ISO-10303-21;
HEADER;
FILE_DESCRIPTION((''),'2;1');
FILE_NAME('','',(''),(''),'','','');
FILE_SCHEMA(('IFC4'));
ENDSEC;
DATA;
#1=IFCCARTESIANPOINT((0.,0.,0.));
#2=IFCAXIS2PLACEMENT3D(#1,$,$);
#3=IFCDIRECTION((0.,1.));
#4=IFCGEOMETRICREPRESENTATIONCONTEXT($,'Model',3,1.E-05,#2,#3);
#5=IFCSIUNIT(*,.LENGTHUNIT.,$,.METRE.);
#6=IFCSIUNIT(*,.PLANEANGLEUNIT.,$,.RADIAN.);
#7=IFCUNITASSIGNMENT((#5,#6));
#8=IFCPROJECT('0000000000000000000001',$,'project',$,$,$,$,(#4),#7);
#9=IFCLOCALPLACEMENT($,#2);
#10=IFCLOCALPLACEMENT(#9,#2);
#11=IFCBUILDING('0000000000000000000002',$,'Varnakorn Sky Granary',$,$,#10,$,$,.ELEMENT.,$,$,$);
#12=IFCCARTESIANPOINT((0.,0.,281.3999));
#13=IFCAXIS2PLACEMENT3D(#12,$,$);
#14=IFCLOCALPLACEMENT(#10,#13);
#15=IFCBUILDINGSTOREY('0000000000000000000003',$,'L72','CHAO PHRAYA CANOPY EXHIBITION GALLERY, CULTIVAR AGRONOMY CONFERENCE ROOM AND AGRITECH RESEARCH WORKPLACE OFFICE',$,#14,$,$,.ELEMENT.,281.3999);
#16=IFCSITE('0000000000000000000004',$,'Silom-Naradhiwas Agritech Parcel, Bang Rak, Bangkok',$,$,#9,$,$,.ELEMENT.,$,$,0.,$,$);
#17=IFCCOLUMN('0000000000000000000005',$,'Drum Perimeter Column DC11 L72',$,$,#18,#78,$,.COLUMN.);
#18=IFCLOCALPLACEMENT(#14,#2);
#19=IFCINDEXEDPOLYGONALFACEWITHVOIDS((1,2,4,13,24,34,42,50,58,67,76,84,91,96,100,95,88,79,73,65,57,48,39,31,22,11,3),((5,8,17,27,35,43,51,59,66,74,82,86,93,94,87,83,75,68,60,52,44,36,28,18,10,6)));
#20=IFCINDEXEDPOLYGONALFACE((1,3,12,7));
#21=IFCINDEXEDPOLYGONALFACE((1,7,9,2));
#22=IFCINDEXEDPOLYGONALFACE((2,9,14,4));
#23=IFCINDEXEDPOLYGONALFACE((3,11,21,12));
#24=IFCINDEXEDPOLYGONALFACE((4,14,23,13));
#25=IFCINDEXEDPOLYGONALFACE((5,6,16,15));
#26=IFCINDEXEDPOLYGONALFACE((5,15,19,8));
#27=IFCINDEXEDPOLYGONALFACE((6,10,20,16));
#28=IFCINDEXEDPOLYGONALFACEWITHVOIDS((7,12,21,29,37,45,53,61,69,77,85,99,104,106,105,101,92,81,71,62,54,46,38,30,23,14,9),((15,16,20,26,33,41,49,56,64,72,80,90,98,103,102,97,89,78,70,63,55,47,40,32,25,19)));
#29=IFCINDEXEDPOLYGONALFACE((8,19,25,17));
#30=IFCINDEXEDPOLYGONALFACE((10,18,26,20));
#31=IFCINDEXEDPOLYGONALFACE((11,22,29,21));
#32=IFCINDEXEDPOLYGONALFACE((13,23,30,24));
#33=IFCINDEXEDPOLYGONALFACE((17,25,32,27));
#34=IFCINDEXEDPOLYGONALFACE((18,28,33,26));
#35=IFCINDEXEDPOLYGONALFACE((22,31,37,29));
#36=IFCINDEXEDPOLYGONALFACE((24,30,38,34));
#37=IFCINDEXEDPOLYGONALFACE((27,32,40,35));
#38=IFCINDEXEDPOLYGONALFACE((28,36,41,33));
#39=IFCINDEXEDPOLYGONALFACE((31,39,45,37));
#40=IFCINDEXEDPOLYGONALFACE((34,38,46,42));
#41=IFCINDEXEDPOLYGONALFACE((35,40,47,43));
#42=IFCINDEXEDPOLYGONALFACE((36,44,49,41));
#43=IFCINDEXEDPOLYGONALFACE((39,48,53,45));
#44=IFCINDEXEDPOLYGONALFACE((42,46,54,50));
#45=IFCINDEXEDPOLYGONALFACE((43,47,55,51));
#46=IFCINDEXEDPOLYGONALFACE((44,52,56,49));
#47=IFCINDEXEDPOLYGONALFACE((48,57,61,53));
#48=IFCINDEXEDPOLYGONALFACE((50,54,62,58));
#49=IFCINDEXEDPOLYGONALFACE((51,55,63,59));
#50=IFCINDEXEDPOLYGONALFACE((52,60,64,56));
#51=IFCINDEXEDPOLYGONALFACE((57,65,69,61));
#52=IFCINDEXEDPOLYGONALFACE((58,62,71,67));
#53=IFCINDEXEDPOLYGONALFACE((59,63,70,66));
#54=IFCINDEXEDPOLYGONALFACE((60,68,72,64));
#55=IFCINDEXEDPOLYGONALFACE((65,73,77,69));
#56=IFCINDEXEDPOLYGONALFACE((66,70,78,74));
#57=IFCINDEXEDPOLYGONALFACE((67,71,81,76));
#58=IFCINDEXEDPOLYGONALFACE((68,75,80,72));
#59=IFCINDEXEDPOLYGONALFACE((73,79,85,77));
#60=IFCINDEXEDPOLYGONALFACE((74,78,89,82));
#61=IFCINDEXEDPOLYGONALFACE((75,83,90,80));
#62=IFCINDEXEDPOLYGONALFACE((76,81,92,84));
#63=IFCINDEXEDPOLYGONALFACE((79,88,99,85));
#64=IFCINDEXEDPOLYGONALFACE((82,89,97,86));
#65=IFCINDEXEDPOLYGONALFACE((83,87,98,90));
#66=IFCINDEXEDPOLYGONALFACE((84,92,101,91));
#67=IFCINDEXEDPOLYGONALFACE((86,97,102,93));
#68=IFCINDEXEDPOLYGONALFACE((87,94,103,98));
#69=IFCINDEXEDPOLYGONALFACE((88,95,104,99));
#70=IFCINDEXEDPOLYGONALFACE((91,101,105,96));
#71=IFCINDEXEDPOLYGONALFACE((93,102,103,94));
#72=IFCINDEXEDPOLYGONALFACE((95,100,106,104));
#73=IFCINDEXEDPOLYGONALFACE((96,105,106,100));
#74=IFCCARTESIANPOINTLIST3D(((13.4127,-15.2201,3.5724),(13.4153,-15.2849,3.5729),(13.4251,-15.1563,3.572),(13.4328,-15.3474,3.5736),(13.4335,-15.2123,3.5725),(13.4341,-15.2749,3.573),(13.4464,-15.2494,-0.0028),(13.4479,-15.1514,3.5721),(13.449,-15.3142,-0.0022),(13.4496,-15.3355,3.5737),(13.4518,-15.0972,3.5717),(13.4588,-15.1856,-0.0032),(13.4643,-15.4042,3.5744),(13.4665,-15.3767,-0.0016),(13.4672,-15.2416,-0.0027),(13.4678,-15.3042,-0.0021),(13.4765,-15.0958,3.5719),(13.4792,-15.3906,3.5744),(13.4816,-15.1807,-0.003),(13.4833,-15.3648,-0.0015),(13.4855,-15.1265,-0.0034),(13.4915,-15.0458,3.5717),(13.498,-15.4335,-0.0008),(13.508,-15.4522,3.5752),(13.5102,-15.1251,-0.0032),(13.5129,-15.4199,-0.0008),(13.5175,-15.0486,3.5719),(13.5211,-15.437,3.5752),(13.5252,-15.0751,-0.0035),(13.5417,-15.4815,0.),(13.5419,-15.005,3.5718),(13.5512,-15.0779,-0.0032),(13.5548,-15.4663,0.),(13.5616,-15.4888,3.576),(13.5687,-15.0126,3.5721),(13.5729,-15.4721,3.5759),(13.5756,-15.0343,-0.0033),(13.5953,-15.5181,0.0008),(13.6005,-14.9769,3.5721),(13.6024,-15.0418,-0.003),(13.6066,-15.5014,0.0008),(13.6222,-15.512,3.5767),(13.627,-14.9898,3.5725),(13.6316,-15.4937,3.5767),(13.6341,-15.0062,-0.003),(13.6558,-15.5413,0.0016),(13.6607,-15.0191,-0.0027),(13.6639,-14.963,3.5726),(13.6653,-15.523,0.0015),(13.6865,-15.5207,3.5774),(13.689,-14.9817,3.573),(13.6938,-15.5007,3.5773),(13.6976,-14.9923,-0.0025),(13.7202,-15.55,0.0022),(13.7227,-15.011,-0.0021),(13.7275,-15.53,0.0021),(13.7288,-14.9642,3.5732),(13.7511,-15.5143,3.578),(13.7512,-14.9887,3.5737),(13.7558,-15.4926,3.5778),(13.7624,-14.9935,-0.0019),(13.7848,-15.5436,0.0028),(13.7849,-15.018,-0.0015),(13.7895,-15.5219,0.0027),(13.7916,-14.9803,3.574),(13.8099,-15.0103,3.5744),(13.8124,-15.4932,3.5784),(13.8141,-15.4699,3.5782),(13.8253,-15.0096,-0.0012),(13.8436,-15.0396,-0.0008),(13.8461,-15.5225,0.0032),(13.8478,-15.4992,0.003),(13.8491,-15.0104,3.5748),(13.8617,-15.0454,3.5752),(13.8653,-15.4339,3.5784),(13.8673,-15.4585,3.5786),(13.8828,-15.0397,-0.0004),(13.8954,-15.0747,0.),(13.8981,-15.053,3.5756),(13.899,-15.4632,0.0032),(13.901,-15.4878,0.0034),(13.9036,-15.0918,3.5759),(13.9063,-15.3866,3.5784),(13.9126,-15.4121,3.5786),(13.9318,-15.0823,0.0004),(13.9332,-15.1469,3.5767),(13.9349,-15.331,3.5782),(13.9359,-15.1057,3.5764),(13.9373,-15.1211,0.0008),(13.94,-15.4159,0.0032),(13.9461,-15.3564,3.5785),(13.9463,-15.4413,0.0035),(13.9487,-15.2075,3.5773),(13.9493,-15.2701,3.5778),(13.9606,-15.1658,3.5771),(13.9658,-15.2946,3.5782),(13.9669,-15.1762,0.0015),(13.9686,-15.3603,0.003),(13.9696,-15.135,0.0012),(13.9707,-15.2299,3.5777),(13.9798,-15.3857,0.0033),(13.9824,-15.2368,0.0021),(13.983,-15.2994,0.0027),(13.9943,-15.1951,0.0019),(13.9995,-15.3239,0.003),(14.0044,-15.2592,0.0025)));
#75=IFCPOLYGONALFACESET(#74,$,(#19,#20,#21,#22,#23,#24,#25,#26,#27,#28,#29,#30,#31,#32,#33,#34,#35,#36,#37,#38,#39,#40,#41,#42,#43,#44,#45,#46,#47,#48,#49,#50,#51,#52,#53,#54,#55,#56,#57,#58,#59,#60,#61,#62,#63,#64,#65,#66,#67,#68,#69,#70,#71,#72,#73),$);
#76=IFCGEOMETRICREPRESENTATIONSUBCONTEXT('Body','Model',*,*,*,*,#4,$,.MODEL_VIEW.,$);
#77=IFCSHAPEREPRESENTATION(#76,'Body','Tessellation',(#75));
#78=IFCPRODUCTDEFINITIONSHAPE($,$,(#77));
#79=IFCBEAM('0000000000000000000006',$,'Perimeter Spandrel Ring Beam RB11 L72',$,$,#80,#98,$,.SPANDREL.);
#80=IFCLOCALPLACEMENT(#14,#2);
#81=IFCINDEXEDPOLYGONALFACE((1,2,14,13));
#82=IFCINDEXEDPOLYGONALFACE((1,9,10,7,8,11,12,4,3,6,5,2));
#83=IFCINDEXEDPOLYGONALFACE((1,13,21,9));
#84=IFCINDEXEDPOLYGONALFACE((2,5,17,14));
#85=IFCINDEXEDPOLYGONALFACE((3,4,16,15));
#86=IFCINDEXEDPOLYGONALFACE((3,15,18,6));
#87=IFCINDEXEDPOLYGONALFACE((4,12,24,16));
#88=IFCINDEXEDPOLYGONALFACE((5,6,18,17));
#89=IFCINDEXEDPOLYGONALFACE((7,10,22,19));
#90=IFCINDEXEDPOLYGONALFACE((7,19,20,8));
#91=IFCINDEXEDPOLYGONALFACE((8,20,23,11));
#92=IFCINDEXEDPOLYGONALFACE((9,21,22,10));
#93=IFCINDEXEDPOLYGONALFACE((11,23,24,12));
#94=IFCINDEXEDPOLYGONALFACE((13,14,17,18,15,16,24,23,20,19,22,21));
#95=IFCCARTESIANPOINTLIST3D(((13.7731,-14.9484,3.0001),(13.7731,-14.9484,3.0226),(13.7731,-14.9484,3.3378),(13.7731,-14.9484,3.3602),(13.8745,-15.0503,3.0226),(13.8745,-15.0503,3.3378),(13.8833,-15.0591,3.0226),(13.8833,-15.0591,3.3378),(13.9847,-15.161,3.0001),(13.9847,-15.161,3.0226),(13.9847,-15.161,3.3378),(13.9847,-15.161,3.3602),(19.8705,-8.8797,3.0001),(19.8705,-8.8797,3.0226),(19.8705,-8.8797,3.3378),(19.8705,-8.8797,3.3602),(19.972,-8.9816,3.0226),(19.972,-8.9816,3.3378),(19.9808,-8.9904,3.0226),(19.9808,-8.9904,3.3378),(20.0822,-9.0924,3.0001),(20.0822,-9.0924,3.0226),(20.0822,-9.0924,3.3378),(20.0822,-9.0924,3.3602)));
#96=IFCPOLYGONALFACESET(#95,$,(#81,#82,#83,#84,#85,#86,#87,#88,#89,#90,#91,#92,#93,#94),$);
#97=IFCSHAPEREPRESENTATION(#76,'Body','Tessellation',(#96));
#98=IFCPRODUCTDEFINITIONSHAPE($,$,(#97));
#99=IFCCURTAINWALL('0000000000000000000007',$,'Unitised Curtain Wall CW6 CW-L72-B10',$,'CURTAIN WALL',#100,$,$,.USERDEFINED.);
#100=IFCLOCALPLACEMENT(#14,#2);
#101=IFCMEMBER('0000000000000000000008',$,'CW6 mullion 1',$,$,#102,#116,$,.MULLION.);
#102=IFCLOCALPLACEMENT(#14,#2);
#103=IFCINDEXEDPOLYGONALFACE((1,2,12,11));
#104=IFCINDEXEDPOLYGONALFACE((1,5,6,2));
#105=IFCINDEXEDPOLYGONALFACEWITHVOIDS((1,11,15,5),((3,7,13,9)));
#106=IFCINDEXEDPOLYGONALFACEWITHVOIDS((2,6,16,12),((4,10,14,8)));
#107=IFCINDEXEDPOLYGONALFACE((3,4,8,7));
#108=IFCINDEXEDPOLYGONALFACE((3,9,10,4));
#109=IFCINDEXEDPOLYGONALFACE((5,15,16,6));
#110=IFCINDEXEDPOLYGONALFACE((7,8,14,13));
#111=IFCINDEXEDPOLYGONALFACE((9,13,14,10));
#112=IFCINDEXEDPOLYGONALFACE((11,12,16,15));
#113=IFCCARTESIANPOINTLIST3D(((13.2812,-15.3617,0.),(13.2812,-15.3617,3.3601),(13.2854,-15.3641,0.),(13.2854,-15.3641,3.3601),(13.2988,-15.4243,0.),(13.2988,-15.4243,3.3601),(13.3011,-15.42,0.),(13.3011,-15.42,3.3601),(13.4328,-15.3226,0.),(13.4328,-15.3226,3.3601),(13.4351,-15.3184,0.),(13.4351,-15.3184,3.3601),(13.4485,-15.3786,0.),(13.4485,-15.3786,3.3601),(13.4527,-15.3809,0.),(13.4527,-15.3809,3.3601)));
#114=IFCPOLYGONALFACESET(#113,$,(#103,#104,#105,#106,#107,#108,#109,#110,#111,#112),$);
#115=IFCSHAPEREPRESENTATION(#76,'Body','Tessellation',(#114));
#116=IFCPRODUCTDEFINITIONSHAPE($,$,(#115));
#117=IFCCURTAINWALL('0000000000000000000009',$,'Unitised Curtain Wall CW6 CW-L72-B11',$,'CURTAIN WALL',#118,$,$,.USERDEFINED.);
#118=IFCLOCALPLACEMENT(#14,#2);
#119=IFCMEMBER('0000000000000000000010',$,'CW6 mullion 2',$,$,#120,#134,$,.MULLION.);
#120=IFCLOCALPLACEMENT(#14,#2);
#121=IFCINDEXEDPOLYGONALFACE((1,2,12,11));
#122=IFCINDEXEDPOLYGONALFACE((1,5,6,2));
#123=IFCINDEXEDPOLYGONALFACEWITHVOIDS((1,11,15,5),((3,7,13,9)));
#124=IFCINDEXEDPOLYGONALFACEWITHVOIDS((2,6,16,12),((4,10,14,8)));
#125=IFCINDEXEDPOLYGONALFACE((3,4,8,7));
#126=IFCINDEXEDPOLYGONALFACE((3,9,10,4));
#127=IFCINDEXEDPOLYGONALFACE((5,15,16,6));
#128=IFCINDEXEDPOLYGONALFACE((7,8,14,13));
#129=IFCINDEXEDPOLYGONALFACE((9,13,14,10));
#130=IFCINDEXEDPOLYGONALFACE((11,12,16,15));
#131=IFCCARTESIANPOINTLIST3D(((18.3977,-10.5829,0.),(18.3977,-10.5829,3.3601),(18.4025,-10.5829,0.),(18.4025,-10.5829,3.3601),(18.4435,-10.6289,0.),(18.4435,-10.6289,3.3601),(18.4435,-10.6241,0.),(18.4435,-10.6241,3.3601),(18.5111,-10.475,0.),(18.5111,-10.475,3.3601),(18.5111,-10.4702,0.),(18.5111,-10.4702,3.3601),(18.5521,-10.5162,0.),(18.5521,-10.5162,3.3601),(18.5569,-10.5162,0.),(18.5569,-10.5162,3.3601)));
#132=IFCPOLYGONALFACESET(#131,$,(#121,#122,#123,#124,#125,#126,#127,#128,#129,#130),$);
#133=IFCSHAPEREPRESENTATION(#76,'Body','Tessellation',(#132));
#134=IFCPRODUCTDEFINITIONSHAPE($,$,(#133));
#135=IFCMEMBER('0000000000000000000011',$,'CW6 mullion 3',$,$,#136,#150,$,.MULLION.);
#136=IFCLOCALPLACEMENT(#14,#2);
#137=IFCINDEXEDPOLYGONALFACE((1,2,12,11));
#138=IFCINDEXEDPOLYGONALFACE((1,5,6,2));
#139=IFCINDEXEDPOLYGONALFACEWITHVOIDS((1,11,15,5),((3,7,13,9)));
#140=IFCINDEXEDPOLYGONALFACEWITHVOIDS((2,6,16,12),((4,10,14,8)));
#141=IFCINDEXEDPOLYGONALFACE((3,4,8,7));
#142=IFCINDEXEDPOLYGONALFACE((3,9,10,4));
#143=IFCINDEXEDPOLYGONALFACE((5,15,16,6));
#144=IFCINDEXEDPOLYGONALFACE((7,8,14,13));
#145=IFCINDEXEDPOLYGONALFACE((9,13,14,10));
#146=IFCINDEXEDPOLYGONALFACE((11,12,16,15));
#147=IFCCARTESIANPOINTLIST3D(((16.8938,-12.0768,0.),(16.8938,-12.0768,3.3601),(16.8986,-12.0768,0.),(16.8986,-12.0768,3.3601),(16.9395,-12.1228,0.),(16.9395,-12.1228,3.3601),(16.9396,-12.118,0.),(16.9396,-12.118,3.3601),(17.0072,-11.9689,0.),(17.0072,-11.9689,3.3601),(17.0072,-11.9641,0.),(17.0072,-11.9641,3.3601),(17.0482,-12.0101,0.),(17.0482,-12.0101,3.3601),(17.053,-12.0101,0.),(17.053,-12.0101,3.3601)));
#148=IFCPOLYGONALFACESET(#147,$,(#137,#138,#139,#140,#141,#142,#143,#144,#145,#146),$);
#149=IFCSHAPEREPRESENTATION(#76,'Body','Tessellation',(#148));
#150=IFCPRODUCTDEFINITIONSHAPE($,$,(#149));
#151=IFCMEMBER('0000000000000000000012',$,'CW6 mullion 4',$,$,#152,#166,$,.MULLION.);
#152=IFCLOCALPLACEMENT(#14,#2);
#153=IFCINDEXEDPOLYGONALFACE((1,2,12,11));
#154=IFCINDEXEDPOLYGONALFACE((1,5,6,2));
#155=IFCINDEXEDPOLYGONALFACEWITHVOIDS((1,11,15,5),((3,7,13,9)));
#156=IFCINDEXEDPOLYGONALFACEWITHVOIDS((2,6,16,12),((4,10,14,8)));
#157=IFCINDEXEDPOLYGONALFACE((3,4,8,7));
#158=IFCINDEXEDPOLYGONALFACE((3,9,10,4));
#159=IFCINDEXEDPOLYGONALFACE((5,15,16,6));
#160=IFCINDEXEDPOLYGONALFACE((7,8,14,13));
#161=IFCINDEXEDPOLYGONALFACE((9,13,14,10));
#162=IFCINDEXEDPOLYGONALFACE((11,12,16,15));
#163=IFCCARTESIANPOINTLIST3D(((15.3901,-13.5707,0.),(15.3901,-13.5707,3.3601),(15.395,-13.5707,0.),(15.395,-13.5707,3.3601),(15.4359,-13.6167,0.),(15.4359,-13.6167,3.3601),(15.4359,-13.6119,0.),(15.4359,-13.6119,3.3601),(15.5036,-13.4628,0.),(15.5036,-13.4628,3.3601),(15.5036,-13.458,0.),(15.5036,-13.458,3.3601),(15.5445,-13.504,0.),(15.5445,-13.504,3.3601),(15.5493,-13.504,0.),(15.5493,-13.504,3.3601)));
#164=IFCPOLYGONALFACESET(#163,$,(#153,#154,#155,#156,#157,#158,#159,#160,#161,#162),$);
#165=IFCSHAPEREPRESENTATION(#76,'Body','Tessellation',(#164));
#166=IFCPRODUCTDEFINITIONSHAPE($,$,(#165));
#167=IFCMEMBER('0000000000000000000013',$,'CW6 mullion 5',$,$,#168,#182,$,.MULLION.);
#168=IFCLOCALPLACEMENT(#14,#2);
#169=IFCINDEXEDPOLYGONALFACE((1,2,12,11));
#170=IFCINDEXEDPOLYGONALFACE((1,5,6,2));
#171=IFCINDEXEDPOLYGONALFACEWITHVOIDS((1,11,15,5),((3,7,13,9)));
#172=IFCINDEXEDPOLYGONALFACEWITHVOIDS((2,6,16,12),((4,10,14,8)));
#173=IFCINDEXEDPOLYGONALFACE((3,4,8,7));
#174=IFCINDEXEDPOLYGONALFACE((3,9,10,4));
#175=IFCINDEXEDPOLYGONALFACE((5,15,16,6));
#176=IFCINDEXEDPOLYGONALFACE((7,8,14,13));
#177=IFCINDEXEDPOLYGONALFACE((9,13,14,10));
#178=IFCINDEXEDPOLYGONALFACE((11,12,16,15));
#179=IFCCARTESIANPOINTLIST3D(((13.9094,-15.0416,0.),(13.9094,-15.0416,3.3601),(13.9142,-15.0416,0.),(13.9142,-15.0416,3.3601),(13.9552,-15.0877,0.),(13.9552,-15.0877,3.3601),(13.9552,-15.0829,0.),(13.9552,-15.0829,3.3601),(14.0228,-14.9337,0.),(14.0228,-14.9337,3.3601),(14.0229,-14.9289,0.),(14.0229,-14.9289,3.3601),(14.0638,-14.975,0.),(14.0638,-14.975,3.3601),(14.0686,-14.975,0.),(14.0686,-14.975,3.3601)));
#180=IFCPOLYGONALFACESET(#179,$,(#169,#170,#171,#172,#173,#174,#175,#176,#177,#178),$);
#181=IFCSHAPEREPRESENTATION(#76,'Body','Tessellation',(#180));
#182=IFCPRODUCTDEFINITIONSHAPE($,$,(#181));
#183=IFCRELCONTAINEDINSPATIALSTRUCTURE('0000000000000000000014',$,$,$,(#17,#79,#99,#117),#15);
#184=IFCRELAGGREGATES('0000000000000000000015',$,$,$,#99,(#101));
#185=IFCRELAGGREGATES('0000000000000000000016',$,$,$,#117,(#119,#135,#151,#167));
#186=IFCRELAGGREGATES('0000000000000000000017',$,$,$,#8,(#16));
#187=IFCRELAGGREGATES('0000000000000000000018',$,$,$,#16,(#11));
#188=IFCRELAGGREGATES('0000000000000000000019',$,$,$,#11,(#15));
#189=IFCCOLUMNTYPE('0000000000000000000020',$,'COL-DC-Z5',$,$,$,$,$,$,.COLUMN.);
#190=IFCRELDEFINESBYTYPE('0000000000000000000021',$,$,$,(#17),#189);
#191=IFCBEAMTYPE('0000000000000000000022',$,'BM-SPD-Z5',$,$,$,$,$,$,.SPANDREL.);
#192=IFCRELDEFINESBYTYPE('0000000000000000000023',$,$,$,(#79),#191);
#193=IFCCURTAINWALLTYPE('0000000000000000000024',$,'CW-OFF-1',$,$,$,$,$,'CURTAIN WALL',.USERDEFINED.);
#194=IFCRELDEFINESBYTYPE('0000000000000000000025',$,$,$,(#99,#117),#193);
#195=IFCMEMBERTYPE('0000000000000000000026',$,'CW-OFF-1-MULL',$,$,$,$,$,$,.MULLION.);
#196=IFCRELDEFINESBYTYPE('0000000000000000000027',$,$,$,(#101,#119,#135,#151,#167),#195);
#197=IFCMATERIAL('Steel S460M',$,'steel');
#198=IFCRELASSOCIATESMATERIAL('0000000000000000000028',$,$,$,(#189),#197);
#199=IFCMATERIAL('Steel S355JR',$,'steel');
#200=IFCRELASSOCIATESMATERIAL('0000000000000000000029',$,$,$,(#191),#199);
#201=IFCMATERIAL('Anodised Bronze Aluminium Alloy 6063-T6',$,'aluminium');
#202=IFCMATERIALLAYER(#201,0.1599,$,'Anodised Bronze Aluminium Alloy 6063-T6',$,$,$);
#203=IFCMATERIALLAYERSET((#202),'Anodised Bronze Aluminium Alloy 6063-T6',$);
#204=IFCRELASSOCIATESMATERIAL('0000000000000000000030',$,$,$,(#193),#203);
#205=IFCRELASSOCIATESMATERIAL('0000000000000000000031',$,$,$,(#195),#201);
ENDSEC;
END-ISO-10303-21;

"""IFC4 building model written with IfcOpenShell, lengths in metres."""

from ifc_helpers import new_model, si_unit, direction, frame, origin, origin_2d, place, context, subcontext, project, spatial, hollow_rectangle, hollow_circle, i_section, extrude, material, layer, layer_set, material_profile, profile_set, type_object, element, aggregate, save


model = new_model("IFC4")

# Units and contexts
model_context = context("Model", 3, precision=1e-05, world=origin(), true_north=direction((0.0, 1.0)))
body_context = subcontext(model_context, "Body", "Model", "MODEL_VIEW")
ifc_project = project(units=[si_unit("LENGTHUNIT", "METRE"), si_unit("PLANEANGLEUNIT", "RADIAN")], contexts=[model_context])

# Site, building, storey
site_placement = place(None, origin())
site = spatial("IfcSite", under=ifc_project, at=site_placement, Name="Silom-Naradhiwas Agritech Parcel, Bang Rak, Bangkok", CompositionType="ELEMENT", RefElevation=0.0)
building_placement = place(site_placement, origin())
building = spatial("IfcBuilding", under=site, at=building_placement, Name="Varnakorn Sky Granary", CompositionType="ELEMENT")
storey_placement = place(building_placement, frame((0.0, 0.0, 281.3999)))
storey = spatial("IfcBuildingStorey", under=building, at=storey_placement, Name="L72", Description="CHAO PHRAYA CANOPY EXHIBITION GALLERY, CULTIVAR AGRONOMY CONFERENCE ROOM AND AGRITECH RESEARCH WORKPLACE OFFICE", CompositionType="ELEMENT", Elevation=281.3999)

# Column
ifc_material_1 = material(Name="Steel S460M", Category="steel")
ifc_material_profile_1 = material_profile(ifc_material_1, hollow_circle(Radius=0.2795, WallThickness=0.02, at=origin_2d()), Name="CHS 559x20")
ifc_profile_set_1 = profile_set([ifc_material_profile_1], Name="Steel S460M")
column_type = type_object("IfcColumnType", Name="COL-DC-Z5", PredefinedType="COLUMN", material=ifc_profile_set_1)
column_placement = place(storey_placement, frame((13.7251, -15.2705, 0.0), z_axis=(-0.009423, 0.008194, 0.999922), x_axis=(-0.656179, -0.754606, 0.0)))
element("IfcColumn", 1, at=column_placement, inside=storey, type_object=column_type, Name="Drum Perimeter Column DC11 L72", PredefinedType="COLUMN", context=body_context, shape_type="SweptSolid", body=[
    extrude(hollow_circle(Radius=0.2795, WallThickness=0.02, at=origin_2d()), origin(), (0.0, 0.0, 1.0), 3.5754),
])

# Beam
ifc_material_2 = material(Name="Steel S355JR", Category="steel")
ifc_material_profile_2 = material_profile(ifc_material_2, i_section(OverallWidth=0.3, OverallDepth=0.3601, WebThickness=0.0125, FlangeThickness=0.0225, at=origin_2d()), Name="HE 360 B")
ifc_profile_set_2 = profile_set([ifc_material_profile_2], Name="Steel S355JR")
beam_type = type_object("IfcBeamType", Name="BM-SPD-Z5", PredefinedType="SPANDREL", material=ifc_profile_set_2)
beam_placement = place(storey_placement, frame((13.8789, -15.0547, 3.1802), z_axis=(0.708779, 0.70543, 0.0), x_axis=(-0.70543, 0.708779, 0.0)))
element("IfcBeam", 2, at=beam_placement, inside=storey, type_object=beam_type, Name="Perimeter Spandrel Ring Beam RB11 L72", PredefinedType="SPANDREL", context=body_context, shape_type="SweptSolid", body=[
    extrude(i_section(OverallWidth=0.3, OverallDepth=0.3601, WebThickness=0.0125, FlangeThickness=0.0225, at=origin_2d()), origin(), (0.0, 0.0, 1.0), 8.6028),
])

# Curtain wall, member
ifc_material_3 = material(Name="Anodised Bronze Aluminium Alloy 6063-T6", Category="aluminium")
ifc_layer_1 = layer(ifc_material_3, 0.1599, Name="Anodised Bronze Aluminium Alloy 6063-T6")
ifc_layer_set_1 = layer_set([ifc_layer_1], Name="Anodised Bronze Aluminium Alloy 6063-T6")
curtain_wall_type = type_object("IfcCurtainWallType", Name="CW-OFF-1", ElementType="CURTAIN WALL", PredefinedType="USERDEFINED", material=ifc_layer_set_1)
curtain_wall_1_placement = place(storey_placement, origin())
curtain_wall_1 = element("IfcCurtainWall", 3, at=curtain_wall_1_placement, inside=storey, type_object=curtain_wall_type, Name="Unitised Curtain Wall CW6 CW-L72-B10", ObjectType="CURTAIN WALL", PredefinedType="USERDEFINED")
ifc_material_profile_3 = material_profile(ifc_material_3, hollow_rectangle(XDim=0.0649, YDim=0.1599, WallThickness=0.0034, at=origin_2d()), Name="ALU MULL 65x160")
ifc_profile_set_3 = profile_set([ifc_material_profile_3], Name="Anodised Bronze Aluminium Alloy 6063-T6")
member_type_1 = type_object("IfcMemberType", Name="CW-OFF-1-MULL", PredefinedType="MULLION", material=ifc_profile_set_3)
member_1_placement = place(storey_placement, frame((13.3669, -15.3713, 0.0), z_axis=(0.0, 0.0, 1.0), x_axis=(0.270868, -0.962616, 0.0)))
member_1 = element("IfcMember", 4, at=member_1_placement, type_object=member_type_1, Name="CW6 mullion 1", PredefinedType="MULLION", context=body_context, shape_type="SweptSolid", body=[
    extrude(hollow_rectangle(XDim=0.0649, YDim=0.1599, WallThickness=0.0034, at=origin_2d()), origin(), (0.0, 0.0, 1.0), 3.3601),
])
aggregate(curtain_wall_1, [member_1])

# Curtain wall, members
curtain_wall_2_placement = place(storey_placement, origin())
curtain_wall_2 = element("IfcCurtainWall", 5, at=curtain_wall_2_placement, inside=storey, type_object=curtain_wall_type, Name="Unitised Curtain Wall CW6 CW-L72-B11", ObjectType="CURTAIN WALL", PredefinedType="USERDEFINED")
member_2_placement = place(storey_placement, frame((18.4773, -10.5496, 0.0), z_axis=(0.0, 0.0, 1.0), x_axis=(0.704762, -0.709444, 0.0)))
member_2 = element("IfcMember", 6, at=member_2_placement, type_object=member_type_1, Name="CW6 mullion 2", PredefinedType="MULLION", context=body_context, shape_type="SweptSolid", body=[
    extrude(hollow_rectangle(XDim=0.0649, YDim=0.1599, WallThickness=0.0034, at=origin_2d()), origin(), (0.0, 0.0, 1.0), 3.3601),
])
member_3_placement = place(storey_placement, frame((16.9734, -12.0435, 0.0), z_axis=(0.0, 0.0, 1.0), x_axis=(0.704762, -0.709444, 0.0)))
member_3 = element("IfcMember", 7, at=member_3_placement, type_object=member_type_1, Name="CW6 mullion 3", PredefinedType="MULLION", context=body_context, shape_type="SweptSolid", body=[
    extrude(hollow_rectangle(XDim=0.0649, YDim=0.1599, WallThickness=0.0034, at=origin_2d()), origin(), (0.0, 0.0, 1.0), 3.3601),
])
member_4_placement = place(storey_placement, frame((15.4697, -13.5374, 0.0), z_axis=(0.0, 0.0, 1.0), x_axis=(0.704762, -0.709444, 0.0)))
member_4 = element("IfcMember", 8, at=member_4_placement, type_object=member_type_1, Name="CW6 mullion 4", PredefinedType="MULLION", context=body_context, shape_type="SweptSolid", body=[
    extrude(hollow_rectangle(XDim=0.0649, YDim=0.1599, WallThickness=0.0034, at=origin_2d()), origin(), (0.0, 0.0, 1.0), 3.3601),
])
member_5_placement = place(storey_placement, frame((13.989, -15.0083, 0.0), z_axis=(0.0, 0.0, 1.0), x_axis=(0.704762, -0.709444, 0.0)))
member_5 = element("IfcMember", 9, at=member_5_placement, type_object=member_type_1, Name="CW6 mullion 5", PredefinedType="MULLION", context=body_context, shape_type="SweptSolid", body=[
    extrude(hollow_rectangle(XDim=0.0649, YDim=0.1599, WallThickness=0.0034, at=origin_2d()), origin(), (0.0, 0.0, 1.0), 3.3601),
])

aggregate(curtain_wall_2, [member_2, member_3, member_4, member_5])

save(model, "model.ifc")
